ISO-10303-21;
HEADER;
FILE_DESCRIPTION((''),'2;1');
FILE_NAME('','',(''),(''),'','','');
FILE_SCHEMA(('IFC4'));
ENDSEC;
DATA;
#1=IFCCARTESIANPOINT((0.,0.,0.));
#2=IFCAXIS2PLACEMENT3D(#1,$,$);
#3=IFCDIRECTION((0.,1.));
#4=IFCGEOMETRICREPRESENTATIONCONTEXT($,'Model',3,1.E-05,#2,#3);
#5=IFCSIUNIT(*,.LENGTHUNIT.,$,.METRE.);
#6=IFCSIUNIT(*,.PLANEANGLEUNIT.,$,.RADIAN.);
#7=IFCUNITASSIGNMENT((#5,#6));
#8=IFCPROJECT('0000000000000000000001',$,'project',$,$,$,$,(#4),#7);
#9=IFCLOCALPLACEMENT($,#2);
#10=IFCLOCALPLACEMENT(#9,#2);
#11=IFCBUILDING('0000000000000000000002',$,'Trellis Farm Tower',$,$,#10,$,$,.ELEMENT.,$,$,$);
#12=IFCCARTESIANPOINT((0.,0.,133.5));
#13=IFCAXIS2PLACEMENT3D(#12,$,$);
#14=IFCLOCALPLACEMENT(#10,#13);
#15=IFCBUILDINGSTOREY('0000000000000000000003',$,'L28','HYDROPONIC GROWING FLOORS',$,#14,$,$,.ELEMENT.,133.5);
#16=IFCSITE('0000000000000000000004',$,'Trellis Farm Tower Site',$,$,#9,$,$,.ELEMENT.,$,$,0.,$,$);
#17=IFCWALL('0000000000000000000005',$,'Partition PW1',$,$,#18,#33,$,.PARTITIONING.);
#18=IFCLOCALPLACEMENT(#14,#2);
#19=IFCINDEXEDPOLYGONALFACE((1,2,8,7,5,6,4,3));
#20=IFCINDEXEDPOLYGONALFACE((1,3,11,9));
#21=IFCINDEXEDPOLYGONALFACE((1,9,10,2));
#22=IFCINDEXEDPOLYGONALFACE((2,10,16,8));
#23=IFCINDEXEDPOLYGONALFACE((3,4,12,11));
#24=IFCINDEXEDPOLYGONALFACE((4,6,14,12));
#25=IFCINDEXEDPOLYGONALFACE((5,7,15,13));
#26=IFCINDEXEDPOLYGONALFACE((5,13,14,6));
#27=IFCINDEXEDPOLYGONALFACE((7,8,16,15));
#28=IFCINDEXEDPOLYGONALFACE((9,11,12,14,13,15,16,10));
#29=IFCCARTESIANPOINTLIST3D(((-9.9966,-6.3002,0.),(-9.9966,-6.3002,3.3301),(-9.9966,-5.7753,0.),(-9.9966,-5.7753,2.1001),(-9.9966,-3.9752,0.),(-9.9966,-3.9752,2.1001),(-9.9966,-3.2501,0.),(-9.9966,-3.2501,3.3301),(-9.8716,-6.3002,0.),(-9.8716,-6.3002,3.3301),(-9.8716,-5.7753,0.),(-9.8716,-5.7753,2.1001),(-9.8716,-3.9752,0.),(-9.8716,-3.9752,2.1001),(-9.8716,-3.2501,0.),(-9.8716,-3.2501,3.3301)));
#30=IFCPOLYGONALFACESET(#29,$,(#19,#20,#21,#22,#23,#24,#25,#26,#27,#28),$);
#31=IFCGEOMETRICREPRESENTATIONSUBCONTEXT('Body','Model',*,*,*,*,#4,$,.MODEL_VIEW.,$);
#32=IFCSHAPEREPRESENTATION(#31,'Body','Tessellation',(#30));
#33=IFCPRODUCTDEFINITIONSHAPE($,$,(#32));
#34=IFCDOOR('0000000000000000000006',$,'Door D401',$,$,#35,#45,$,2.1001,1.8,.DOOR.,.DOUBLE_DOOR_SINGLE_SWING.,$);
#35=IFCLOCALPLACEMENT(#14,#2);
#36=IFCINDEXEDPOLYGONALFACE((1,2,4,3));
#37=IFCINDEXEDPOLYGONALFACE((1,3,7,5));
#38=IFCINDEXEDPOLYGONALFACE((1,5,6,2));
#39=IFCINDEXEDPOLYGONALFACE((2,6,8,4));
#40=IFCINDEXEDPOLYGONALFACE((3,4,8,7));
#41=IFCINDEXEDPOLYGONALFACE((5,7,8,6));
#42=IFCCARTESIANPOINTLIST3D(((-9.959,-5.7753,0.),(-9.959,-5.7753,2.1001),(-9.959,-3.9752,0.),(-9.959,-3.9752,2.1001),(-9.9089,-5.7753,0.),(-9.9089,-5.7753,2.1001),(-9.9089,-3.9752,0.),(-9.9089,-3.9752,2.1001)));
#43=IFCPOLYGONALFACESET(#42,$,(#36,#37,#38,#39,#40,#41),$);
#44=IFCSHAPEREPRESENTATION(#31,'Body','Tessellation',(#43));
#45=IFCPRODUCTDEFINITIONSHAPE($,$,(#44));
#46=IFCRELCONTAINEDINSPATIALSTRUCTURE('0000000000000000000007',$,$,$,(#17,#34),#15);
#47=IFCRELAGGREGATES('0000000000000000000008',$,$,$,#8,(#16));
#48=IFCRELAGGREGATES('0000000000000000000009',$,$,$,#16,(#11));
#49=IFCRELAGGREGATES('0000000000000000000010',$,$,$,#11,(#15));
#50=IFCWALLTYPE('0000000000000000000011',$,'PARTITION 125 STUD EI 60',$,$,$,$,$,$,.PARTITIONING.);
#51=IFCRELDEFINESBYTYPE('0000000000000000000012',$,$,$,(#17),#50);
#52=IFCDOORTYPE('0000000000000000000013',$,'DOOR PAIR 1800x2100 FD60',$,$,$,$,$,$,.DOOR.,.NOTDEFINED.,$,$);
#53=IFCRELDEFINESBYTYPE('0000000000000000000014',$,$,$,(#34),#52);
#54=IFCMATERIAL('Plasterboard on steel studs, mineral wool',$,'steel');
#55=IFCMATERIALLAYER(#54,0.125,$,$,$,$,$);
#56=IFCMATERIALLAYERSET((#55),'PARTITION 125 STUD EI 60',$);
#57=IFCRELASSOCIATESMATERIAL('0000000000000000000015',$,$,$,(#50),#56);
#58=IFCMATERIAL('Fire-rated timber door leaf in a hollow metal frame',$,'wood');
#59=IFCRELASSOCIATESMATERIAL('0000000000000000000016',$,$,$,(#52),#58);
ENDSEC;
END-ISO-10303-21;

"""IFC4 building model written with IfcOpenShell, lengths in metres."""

from ifc_helpers import new_model, si_unit, direction, frame, frame_2d, origin, place, context, subcontext, project, spatial, rectangle, extrude, source, transform, mapped, material, layer, layer_set, type_object, element, fill, save


model = new_model("IFC4")

# Units and contexts
model_context = context("Model", 3, precision=1e-05, world=origin(), true_north=direction((0.0, 1.0)))
body_context = subcontext(model_context, "Body", "Model", "MODEL_VIEW")
ifc_project = project(units=[si_unit("LENGTHUNIT", "METRE"), si_unit("PLANEANGLEUNIT", "RADIAN")], contexts=[model_context])

# Site, building, storey
site_placement = place(None, origin())
site = spatial("IfcSite", under=ifc_project, at=site_placement, Name="Trellis Farm Tower Site", CompositionType="ELEMENT", RefElevation=0.0)
building_placement = place(site_placement, origin())
building = spatial("IfcBuilding", under=site, at=building_placement, Name="Trellis Farm Tower", CompositionType="ELEMENT")
storey_placement = place(building_placement, frame((0.0, 0.0, 133.5)))
storey = spatial("IfcBuildingStorey", under=building, at=storey_placement, Name="L28", Description="HYDROPONIC GROWING FLOORS", CompositionType="ELEMENT", Elevation=133.5)

# Shared definitions
ifc_material_1 = material(Name="Plasterboard on steel studs, mineral wool", Category="steel")
ifc_layer_1 = layer(ifc_material_1, 0.125)
ifc_layer_set_1 = layer_set([ifc_layer_1], Name="PARTITION 125 STUD EI 60")
wall_type_1 = type_object("IfcWallType", Name="PARTITION 125 STUD EI 60", PredefinedType="PARTITIONING", material=ifc_layer_set_1)

# Wall, opening, door
shared_shape_1 = source(origin(), body_context, "Body", "SweptSolid", [
    extrude(rectangle(XDim=3.05, YDim=0.125, at=frame_2d((1.5249, 0.0))), origin(), (0.0, 0.0, 1.0), 3.3301),
])
wall_1_placement = place(storey_placement, frame((-9.9341, -6.3, 0.0), z_axis=(0.0, 0.0, 1.0), x_axis=(0.0, 1.0, 0.0)))
wall_1 = element("IfcWall", 1, at=wall_1_placement, inside=storey, type_object=wall_type_1, Name="Partition PW1", PredefinedType="PARTITIONING", context=body_context, shape_type="MappedRepresentation", body=[
    mapped(shared_shape_1, transform((0.0, 0.0, 0.0))),
])
shared_shape_2 = source(origin(), body_context, "Body", "SweptSolid", [
    extrude(rectangle(XDim=1.8, YDim=2.1001, at=frame_2d((0.8999, 1.05))), frame((0.0, 0.0725, 0.0), z_axis=(0.0, -1.0, 0.0), x_axis=(1.0, 0.0, 0.0)), (0.0, 0.0, 1.0), 0.145),
])
opening_1_placement = place(wall_1_placement, frame((0.5249, 0.0, 0.0)))
opening_1 = element("IfcOpeningElement", 2, at=opening_1_placement, cuts=wall_1, PredefinedType="OPENING", context=body_context, shape_type="MappedRepresentation", body=[
    mapped(shared_shape_2, transform((0.0, 0.0, 0.0))),
])
ifc_material_2 = material(Name="Fire-rated timber door leaf in a hollow metal frame", Category="wood")
door_type_1 = type_object("IfcDoorType", Name="DOOR PAIR 1800x2100 FD60", OperationType="NOTDEFINED", PredefinedType="DOOR", material=ifc_material_2)
shared_shape_3 = source(origin(), body_context, "Body", "SweptSolid", [
    extrude(rectangle(XDim=1.8, YDim=2.1001, at=frame_2d((0.8999, 1.05))), frame((0.0, 0.0249, 0.0), z_axis=(0.0, -1.0, 0.0), x_axis=(1.0, 0.0, 0.0)), (0.0, 0.0, 1.0), 0.05),
])
door_1_placement = place(opening_1_placement, origin())
door_1 = element("IfcDoor", 3, at=door_1_placement, inside=storey, type_object=door_type_1, Name="Door D401", OperationType="DOUBLE_DOOR_SINGLE_SWING", OverallHeight=2.1001, OverallWidth=1.8, PredefinedType="DOOR", context=body_context, shape_type="MappedRepresentation", body=[
    mapped(shared_shape_3, transform((0.0, 0.0, 0.0))),
])
fill(opening_1, door_1)

save(model, "model.ifc")
